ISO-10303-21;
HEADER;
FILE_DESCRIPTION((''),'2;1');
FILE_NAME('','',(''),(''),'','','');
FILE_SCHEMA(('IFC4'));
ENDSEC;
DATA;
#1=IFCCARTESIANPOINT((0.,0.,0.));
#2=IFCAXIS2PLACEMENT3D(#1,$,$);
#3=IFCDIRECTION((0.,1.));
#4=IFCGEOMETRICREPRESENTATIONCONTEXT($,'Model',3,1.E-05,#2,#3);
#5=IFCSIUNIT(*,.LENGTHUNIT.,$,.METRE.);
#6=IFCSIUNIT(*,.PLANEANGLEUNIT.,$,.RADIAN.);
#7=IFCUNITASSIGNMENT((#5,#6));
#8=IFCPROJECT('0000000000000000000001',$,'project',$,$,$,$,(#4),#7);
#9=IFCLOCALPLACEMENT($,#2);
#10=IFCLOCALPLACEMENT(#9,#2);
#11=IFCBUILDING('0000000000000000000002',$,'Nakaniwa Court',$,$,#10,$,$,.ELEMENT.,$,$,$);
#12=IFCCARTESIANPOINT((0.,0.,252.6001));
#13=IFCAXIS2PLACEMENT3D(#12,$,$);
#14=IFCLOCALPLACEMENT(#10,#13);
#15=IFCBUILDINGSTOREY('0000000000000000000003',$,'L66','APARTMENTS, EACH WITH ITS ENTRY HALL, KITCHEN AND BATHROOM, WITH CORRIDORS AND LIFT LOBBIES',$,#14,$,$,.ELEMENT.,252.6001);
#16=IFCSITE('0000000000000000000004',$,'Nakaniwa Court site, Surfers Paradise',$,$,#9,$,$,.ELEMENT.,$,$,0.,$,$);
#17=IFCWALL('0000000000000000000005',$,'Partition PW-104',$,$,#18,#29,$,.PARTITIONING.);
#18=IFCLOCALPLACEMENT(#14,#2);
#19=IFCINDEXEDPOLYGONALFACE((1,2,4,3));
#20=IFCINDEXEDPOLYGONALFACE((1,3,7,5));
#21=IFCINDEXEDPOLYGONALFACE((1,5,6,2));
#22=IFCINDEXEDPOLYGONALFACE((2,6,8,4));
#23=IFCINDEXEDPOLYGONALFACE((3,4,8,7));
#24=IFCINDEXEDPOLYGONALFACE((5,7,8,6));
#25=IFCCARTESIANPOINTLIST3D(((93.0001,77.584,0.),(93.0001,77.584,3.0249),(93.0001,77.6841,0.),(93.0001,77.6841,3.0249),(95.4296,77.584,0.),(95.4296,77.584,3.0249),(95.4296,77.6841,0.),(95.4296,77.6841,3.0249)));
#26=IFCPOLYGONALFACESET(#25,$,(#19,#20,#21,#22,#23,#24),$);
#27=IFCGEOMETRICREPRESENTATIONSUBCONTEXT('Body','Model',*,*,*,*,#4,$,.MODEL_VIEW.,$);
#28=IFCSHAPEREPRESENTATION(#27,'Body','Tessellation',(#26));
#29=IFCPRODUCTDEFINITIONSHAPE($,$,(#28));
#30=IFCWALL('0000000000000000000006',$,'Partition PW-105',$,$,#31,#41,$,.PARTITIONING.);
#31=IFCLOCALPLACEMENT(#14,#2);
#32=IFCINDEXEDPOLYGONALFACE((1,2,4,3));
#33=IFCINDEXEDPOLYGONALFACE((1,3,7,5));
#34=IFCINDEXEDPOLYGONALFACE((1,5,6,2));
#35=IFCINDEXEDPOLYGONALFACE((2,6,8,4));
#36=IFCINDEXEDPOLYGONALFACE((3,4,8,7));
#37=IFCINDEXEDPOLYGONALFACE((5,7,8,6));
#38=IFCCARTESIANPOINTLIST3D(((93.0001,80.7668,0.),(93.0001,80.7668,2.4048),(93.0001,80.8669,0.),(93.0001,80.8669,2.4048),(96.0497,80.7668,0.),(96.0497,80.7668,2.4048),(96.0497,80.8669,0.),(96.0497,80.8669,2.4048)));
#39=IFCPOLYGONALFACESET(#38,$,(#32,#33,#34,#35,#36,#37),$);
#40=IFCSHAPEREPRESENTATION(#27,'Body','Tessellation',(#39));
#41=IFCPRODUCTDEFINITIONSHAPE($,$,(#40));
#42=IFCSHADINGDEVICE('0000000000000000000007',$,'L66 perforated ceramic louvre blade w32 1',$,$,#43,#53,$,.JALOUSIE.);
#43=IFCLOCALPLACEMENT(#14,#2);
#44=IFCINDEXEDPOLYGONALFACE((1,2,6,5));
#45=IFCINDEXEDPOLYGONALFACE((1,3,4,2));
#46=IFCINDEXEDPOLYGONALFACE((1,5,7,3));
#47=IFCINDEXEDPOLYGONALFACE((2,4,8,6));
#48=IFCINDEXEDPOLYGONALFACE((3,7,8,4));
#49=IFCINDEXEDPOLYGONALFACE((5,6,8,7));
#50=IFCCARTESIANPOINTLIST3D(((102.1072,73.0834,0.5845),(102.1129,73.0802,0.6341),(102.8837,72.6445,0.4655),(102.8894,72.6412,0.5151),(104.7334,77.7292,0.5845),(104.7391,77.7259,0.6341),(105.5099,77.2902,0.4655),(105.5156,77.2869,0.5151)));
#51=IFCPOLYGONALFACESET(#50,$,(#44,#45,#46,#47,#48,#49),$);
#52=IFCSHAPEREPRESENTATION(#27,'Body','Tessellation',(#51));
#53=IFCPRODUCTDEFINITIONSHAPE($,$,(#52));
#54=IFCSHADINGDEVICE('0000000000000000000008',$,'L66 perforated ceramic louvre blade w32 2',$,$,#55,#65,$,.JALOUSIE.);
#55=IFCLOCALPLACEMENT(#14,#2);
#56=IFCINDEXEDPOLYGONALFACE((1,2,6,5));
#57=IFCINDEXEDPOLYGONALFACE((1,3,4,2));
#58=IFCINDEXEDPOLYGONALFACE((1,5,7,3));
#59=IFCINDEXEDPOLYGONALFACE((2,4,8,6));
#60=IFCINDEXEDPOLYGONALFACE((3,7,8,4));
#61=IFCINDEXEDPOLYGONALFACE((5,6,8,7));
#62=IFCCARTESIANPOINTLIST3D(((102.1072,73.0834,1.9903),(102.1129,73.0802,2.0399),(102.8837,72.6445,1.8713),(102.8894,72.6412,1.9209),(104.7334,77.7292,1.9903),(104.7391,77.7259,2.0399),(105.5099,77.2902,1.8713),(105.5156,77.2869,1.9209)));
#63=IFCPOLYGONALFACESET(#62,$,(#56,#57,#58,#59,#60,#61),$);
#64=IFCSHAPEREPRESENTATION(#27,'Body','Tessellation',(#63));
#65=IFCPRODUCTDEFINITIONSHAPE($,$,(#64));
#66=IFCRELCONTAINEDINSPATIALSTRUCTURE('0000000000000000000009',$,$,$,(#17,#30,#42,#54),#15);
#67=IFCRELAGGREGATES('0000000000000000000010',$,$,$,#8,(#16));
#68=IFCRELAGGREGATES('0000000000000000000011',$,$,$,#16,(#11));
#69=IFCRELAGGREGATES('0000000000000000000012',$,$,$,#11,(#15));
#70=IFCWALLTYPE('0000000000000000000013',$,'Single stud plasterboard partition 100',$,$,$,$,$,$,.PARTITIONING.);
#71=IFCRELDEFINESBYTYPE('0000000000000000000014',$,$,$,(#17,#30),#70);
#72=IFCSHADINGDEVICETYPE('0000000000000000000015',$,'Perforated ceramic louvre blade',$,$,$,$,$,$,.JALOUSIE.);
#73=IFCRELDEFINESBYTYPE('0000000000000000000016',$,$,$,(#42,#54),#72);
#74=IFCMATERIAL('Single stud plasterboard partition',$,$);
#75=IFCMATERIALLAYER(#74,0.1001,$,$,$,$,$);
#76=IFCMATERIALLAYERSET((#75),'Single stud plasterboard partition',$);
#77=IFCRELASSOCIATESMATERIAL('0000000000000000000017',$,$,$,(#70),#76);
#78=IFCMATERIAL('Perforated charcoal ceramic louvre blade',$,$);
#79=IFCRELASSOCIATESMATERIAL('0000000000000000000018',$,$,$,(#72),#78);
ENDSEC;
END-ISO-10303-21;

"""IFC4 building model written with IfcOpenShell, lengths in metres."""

from ifc_helpers import new_model, si_unit, direction, frame, frame_2d, origin, origin_2d, place, context, subcontext, project, spatial, rectangle, extrude, material, layer, layer_set, material_profile, profile_set, type_object, element, save


model = new_model("IFC4")

# Units and contexts
model_context = context("Model", 3, precision=1e-05, world=origin(), true_north=direction((0.0, 1.0)))
body_context = subcontext(model_context, "Body", "Model", "MODEL_VIEW")
ifc_project = project(units=[si_unit("LENGTHUNIT", "METRE"), si_unit("PLANEANGLEUNIT", "RADIAN")], contexts=[model_context])

# Site, building, storey
site_placement = place(None, origin())
site = spatial("IfcSite", under=ifc_project, at=site_placement, Name="Nakaniwa Court site, Surfers Paradise", CompositionType="ELEMENT", RefElevation=0.0)
building_placement = place(site_placement, origin())
building = spatial("IfcBuilding", under=site, at=building_placement, Name="Nakaniwa Court", CompositionType="ELEMENT")
storey_placement = place(building_placement, frame((0.0, 0.0, 252.6001)))
storey = spatial("IfcBuildingStorey", under=building, at=storey_placement, Name="L66", Description="APARTMENTS, EACH WITH ITS ENTRY HALL, KITCHEN AND BATHROOM, WITH CORRIDORS AND LIFT LOBBIES", CompositionType="ELEMENT", Elevation=252.6001)

# Walls
ifc_material_1 = material(Name="Single stud plasterboard partition")
ifc_layer_1 = layer(ifc_material_1, 0.1001)
ifc_layer_set_1 = layer_set([ifc_layer_1], Name="Single stud plasterboard partition")
wall_type_1 = type_object("IfcWallType", Name="Single stud plasterboard partition 100", PredefinedType="PARTITIONING", material=ifc_layer_set_1)
wall_1_placement = place(storey_placement, frame((93.0, 77.634, 0.0), z_axis=(0.0, 0.0, 1.0), x_axis=(1.0, 0.0, 0.0)))
element("IfcWall", 1, at=wall_1_placement, inside=storey, type_object=wall_type_1, Name="Partition PW-104", PredefinedType="PARTITIONING", context=body_context, shape_type="SweptSolid", body=[
    extrude(rectangle(XDim=2.4294, YDim=0.1001, at=frame_2d((1.2148, 0.0))), origin(), (0.0, 0.0, 1.0), 3.0249),
])
wall_2_placement = place(storey_placement, frame((93.0, 80.8169, 0.0), z_axis=(0.0, 0.0, 1.0), x_axis=(1.0, 0.0, 0.0)))
element("IfcWall", 2, at=wall_2_placement, inside=storey, type_object=wall_type_1, Name="Partition PW-105", PredefinedType="PARTITIONING", context=body_context, shape_type="SweptSolid", body=[
    extrude(rectangle(XDim=3.0496, YDim=0.1001, at=frame_2d((1.5249, 0.0))), origin(), (0.0, 0.0, 1.0), 2.4048),
])

# Shading devices
ifc_material_2 = material(Name="Perforated charcoal ceramic louvre blade")
ifc_material_profile_1 = material_profile(ifc_material_2, rectangle(XDim=0.8999, YDim=0.05, at=origin_2d()), Name="Perforated ceramic louvre blade")
ifc_profile_set_1 = profile_set([ifc_material_profile_1], Name="Perforated charcoal ceramic louvre blade")
shading_device_type = type_object("IfcShadingDeviceType", Name="Perforated ceramic louvre blade", PredefinedType="JALOUSIE", material=ifc_profile_set_1)
for number, where, z_axis, x_axis, name in (
    (3, (102.4983, 72.8623, 0.5498), (0.492109, 0.870534, 0.0), (-0.862887, 0.487786, 0.132256), "L66 perforated ceramic louvre blade w32 1"),
    (4, (102.4983, 72.8623, 1.9556), (0.492109, 0.870534, 0.0), (-0.862887, 0.487786, 0.132256), "L66 perforated ceramic louvre blade w32 2"),
):
    element("IfcShadingDevice", number, at=place(storey_placement, frame(where, z_axis=z_axis, x_axis=x_axis)), inside=storey, type_object=shading_device_type, Name=name, PredefinedType="JALOUSIE", context=body_context, shape_type="SweptSolid", body=[
        extrude(rectangle(XDim=0.8999, YDim=0.05, at=origin_2d()), origin(), (0.0, 0.0, 1.0), 5.3367),
    ])

save(model, "model.ifc")
